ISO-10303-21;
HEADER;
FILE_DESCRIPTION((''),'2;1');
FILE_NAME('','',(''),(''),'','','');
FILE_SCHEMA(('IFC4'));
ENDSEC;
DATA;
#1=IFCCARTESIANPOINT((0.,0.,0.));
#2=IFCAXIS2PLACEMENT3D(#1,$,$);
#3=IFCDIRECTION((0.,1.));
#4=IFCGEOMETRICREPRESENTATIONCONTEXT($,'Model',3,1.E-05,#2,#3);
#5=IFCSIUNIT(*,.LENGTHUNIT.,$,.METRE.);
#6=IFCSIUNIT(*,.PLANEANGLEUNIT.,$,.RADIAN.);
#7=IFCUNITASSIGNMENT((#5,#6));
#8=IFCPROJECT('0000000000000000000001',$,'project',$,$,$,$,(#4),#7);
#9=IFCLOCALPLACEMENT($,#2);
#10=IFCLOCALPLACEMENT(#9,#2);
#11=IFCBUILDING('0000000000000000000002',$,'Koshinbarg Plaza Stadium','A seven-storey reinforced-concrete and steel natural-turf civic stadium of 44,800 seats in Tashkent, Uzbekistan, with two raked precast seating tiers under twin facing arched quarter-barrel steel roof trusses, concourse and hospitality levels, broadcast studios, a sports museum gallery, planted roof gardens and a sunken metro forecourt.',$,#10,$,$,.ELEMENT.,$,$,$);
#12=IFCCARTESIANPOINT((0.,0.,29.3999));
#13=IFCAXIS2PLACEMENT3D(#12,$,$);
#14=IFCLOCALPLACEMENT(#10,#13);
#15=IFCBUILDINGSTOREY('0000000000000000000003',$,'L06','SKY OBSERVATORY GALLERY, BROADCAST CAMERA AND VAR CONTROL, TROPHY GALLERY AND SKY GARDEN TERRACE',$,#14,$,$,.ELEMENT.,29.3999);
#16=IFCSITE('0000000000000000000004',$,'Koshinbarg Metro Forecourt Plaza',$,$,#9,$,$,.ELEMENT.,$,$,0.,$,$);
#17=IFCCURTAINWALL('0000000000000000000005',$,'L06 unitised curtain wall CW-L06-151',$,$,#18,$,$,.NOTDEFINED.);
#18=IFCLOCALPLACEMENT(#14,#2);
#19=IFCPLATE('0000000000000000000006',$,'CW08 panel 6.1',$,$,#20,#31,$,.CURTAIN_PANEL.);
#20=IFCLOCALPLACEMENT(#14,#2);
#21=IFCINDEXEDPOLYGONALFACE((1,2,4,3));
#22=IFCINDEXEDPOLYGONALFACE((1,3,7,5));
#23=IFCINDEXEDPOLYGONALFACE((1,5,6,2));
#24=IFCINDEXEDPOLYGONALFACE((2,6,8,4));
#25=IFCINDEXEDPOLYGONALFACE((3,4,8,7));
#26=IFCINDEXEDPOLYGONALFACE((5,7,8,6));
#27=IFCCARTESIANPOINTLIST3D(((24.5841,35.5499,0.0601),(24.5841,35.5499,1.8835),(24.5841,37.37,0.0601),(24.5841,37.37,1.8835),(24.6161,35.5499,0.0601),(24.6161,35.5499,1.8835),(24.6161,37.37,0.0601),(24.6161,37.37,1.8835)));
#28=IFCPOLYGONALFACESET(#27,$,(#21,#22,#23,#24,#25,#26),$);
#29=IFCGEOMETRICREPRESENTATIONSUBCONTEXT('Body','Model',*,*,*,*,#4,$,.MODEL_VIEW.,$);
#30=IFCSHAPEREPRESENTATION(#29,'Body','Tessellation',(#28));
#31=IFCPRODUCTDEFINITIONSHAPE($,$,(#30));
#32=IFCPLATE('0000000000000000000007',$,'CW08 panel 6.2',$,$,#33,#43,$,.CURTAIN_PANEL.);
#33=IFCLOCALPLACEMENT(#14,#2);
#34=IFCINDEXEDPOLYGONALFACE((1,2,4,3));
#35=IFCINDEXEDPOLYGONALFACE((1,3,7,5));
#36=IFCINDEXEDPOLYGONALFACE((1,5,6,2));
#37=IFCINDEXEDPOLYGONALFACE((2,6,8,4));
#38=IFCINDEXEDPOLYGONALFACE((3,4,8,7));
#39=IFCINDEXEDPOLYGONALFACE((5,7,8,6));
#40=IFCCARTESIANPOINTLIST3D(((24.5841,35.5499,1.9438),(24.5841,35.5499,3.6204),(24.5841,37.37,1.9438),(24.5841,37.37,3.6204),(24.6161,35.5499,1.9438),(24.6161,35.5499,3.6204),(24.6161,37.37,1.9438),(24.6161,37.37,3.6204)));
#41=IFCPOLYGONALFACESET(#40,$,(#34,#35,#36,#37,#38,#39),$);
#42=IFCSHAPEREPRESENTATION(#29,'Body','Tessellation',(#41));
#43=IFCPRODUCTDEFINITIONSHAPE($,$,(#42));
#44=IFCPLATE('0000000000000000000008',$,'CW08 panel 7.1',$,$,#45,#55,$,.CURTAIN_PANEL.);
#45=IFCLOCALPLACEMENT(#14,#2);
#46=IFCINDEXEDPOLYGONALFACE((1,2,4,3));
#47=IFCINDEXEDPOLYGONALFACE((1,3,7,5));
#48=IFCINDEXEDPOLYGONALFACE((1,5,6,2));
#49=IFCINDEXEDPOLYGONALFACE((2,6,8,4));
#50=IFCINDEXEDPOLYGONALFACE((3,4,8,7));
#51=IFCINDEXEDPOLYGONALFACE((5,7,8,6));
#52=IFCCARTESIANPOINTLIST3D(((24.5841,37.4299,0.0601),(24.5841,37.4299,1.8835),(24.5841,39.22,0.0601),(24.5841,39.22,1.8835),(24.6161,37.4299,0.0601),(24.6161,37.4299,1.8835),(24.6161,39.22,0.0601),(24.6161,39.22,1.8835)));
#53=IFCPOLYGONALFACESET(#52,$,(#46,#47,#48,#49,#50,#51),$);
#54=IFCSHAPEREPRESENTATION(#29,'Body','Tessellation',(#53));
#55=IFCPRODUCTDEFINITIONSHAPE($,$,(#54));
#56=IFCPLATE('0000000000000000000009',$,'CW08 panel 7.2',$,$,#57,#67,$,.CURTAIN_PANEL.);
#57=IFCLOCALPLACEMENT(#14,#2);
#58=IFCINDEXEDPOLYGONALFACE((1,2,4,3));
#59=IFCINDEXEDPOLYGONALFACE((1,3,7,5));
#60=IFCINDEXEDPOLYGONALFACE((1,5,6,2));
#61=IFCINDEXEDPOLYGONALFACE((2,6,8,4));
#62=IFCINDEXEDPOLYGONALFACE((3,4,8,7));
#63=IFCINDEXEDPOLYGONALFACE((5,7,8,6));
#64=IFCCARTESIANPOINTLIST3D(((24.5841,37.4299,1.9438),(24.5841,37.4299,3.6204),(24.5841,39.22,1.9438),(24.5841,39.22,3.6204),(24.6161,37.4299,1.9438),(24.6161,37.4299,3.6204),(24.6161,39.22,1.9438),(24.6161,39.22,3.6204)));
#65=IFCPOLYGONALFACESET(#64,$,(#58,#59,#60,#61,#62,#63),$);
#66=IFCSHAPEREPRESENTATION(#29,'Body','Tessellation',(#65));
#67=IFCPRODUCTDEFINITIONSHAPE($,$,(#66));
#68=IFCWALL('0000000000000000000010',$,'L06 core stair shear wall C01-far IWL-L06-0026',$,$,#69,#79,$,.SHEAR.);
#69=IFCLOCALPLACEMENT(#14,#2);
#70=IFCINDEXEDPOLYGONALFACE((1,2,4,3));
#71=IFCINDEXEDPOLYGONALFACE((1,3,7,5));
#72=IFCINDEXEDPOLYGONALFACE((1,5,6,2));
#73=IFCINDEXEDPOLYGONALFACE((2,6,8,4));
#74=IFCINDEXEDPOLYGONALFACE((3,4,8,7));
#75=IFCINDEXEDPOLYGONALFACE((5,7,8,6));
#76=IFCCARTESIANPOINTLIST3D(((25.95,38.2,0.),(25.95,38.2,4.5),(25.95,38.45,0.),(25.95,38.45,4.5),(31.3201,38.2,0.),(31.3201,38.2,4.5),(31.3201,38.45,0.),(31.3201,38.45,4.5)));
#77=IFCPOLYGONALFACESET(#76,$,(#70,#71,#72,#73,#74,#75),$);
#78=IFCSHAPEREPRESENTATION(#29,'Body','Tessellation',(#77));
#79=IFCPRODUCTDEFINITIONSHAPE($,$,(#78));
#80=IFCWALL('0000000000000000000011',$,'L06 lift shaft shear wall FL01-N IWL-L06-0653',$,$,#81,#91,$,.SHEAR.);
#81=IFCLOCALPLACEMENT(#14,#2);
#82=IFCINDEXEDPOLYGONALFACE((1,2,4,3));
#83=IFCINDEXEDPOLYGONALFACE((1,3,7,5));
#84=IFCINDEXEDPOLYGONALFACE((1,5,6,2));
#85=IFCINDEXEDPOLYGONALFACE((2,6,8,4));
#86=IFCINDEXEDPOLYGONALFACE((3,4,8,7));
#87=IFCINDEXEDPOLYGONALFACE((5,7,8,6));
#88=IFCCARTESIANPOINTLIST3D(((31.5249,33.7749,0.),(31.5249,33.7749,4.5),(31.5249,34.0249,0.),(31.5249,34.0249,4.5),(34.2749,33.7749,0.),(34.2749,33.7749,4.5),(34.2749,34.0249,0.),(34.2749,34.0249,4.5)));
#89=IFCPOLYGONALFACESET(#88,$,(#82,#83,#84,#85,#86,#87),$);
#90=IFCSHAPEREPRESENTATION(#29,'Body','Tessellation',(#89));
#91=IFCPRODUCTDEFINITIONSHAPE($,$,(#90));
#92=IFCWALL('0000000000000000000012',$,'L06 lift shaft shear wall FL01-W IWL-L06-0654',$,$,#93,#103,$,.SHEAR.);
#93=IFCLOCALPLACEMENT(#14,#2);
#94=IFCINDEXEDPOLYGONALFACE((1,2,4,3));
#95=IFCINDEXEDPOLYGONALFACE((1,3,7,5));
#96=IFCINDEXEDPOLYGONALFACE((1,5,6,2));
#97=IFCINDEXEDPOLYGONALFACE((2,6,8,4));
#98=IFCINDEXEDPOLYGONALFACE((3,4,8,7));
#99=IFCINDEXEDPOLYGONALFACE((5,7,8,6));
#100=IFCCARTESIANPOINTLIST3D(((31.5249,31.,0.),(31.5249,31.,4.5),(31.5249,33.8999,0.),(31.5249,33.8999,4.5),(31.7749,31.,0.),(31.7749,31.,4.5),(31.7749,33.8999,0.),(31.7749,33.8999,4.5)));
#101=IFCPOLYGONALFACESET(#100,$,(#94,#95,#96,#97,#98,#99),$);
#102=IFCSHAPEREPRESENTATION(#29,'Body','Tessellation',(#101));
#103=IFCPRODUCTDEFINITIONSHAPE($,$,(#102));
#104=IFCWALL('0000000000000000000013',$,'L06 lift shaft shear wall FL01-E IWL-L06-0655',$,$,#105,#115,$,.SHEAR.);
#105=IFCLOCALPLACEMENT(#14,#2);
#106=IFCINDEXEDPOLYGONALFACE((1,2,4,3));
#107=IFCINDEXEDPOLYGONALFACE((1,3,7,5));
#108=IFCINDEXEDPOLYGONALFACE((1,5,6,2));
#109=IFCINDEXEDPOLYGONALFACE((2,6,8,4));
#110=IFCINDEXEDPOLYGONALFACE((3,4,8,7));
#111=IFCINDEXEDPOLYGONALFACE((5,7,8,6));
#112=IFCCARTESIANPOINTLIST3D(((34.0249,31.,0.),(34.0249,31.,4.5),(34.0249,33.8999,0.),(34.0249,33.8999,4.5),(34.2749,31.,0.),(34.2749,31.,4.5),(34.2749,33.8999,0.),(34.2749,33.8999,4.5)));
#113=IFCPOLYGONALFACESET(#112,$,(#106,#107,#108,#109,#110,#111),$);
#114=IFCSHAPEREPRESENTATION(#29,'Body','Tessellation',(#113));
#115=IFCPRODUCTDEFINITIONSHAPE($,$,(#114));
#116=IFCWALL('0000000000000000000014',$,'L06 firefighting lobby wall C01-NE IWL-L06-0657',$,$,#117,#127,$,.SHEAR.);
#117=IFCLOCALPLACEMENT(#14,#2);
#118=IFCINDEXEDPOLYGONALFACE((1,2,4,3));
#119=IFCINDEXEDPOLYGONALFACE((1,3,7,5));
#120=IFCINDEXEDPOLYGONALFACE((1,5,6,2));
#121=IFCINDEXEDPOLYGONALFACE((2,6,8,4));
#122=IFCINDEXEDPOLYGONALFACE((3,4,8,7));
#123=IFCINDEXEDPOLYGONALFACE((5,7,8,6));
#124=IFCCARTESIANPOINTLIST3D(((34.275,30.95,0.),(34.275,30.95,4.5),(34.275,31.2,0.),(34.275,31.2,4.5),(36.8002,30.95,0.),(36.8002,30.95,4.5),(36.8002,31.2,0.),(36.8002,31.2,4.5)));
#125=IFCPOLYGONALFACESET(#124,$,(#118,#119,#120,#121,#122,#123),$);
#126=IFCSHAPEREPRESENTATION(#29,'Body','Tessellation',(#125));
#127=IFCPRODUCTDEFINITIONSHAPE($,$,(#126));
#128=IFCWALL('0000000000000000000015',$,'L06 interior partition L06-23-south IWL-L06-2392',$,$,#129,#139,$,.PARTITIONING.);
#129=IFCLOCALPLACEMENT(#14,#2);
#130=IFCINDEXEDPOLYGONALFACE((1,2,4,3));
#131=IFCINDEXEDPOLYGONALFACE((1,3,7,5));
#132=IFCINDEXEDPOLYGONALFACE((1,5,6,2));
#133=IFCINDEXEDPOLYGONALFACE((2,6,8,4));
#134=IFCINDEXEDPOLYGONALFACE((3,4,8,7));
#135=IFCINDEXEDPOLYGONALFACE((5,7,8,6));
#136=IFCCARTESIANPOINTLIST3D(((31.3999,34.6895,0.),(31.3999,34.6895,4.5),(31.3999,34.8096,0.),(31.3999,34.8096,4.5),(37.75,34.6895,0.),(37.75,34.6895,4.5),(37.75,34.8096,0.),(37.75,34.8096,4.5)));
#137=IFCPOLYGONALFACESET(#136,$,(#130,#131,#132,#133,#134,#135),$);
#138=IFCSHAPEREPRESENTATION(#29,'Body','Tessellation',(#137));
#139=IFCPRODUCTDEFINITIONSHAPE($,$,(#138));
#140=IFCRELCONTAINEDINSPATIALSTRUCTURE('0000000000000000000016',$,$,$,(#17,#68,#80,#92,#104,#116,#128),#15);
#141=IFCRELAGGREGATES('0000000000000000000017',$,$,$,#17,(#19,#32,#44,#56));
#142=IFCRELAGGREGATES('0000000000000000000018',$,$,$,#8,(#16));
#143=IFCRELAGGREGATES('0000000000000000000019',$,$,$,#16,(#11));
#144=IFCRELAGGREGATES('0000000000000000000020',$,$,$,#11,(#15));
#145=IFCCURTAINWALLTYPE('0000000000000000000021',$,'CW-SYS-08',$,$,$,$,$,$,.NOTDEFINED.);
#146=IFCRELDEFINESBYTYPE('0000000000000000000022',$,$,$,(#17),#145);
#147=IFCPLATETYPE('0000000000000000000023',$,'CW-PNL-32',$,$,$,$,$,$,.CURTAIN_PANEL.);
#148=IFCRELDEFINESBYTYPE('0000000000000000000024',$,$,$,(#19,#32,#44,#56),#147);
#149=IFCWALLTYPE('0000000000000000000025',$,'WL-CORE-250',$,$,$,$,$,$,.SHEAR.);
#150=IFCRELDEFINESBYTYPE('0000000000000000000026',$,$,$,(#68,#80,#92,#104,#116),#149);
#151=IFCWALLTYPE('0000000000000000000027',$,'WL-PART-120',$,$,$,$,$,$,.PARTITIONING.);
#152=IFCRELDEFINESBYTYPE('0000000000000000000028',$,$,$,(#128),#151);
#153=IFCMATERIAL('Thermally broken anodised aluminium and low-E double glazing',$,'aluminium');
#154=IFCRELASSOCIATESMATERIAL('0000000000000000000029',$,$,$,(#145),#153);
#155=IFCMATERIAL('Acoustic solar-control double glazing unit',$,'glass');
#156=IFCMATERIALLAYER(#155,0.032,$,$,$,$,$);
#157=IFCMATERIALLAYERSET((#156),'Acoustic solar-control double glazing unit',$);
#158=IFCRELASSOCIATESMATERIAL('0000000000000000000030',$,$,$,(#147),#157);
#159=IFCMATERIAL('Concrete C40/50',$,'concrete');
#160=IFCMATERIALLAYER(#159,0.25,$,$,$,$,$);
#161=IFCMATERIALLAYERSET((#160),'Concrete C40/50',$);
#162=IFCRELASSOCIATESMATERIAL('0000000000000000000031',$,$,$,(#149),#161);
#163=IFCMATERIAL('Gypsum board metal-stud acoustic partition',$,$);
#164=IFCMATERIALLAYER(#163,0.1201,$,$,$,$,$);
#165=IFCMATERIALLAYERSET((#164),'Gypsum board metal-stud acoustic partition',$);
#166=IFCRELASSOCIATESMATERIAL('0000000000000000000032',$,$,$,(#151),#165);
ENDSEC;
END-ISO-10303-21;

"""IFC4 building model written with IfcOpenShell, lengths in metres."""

from ifc_helpers import new_model, si_unit, direction, frame, frame_2d, origin, origin_2d, place, context, subcontext, project, spatial, rectangle, extrude, material, layer, layer_set, type_object, element, aggregate, save


model = new_model("IFC4")

# Units and contexts
model_context = context("Model", 3, precision=1e-05, world=origin(), true_north=direction((0.0, 1.0)))
body_context = subcontext(model_context, "Body", "Model", "MODEL_VIEW")
ifc_project = project(units=[si_unit("LENGTHUNIT", "METRE"), si_unit("PLANEANGLEUNIT", "RADIAN")], contexts=[model_context])

# Site, building, storey
site_placement = place(None, origin())
site = spatial("IfcSite", under=ifc_project, at=site_placement, Name="Koshinbarg Metro Forecourt Plaza", CompositionType="ELEMENT", RefElevation=0.0)
building_placement = place(site_placement, origin())
building = spatial("IfcBuilding", under=site, at=building_placement, Name="Koshinbarg Plaza Stadium", Description="A seven-storey reinforced-concrete and steel natural-turf civic stadium of 44,800 seats in Tashkent, Uzbekistan, with two raked precast seating tiers under twin facing arched quarter-barrel steel roof trusses, concourse and hospitality levels, broadcast studios, a sports museum gallery, planted roof gardens and a sunken metro forecourt.", CompositionType="ELEMENT")
storey_placement = place(building_placement, frame((0.0, 0.0, 29.3999)))
storey = spatial("IfcBuildingStorey", under=building, at=storey_placement, Name="L06", Description="SKY OBSERVATORY GALLERY, BROADCAST CAMERA AND VAR CONTROL, TROPHY GALLERY AND SKY GARDEN TERRACE", CompositionType="ELEMENT", Elevation=29.3999)

# Shared definitions
ifc_material_1 = material(Name="Concrete C40/50", Category="concrete")

# Curtain wall, plates
ifc_material_2 = material(Name="Thermally broken anodised aluminium and low-E double glazing", Category="aluminium")
curtain_wall_type = type_object("IfcCurtainWallType", Name="CW-SYS-08", PredefinedType="NOTDEFINED", material=ifc_material_2)
curtain_wall_placement = place(storey_placement, origin())
curtain_wall = element("IfcCurtainWall", 1, at=curtain_wall_placement, inside=storey, type_object=curtain_wall_type, Name="L06 unitised curtain wall CW-L06-151", PredefinedType="NOTDEFINED")
ifc_material_3 = material(Name="Acoustic solar-control double glazing unit", Category="glass")
ifc_layer_1 = layer(ifc_material_3, 0.032)
ifc_layer_set_1 = layer_set([ifc_layer_1], Name="Acoustic solar-control double glazing unit")
plate_type = type_object("IfcPlateType", Name="CW-PNL-32", PredefinedType="CURTAIN_PANEL", material=ifc_layer_set_1)
plate_1_placement = place(storey_placement, frame((24.6001, 36.46, 0.0601), z_axis=(0.0, 0.0, 1.0), x_axis=(0.0, 1.0, 0.0)))
plate_1 = element("IfcPlate", 2, at=plate_1_placement, type_object=plate_type, Name="CW08 panel 6.1", PredefinedType="CURTAIN_PANEL", context=body_context, shape_type="SweptSolid", body=[
    extrude(rectangle(XDim=1.8201, YDim=0.032, at=origin_2d()), origin(), (0.0, 0.0, 1.0), 1.8235),
])
plate_2_placement = place(storey_placement, frame((24.6001, 36.46, 1.9438), z_axis=(0.0, 0.0, 1.0), x_axis=(0.0, 1.0, 0.0)))
plate_2 = element("IfcPlate", 3, at=plate_2_placement, type_object=plate_type, Name="CW08 panel 6.2", PredefinedType="CURTAIN_PANEL", context=body_context, shape_type="SweptSolid", body=[
    extrude(rectangle(XDim=1.8201, YDim=0.032, at=origin_2d()), origin(), (0.0, 0.0, 1.0), 1.6765),
])
plate_3_placement = place(storey_placement, frame((24.6001, 38.325, 0.0601), z_axis=(0.0, 0.0, 1.0), x_axis=(0.0, 1.0, 0.0)))
plate_3 = element("IfcPlate", 4, at=plate_3_placement, type_object=plate_type, Name="CW08 panel 7.1", PredefinedType="CURTAIN_PANEL", context=body_context, shape_type="SweptSolid", body=[
    extrude(rectangle(XDim=1.79, YDim=0.032, at=origin_2d()), origin(), (0.0, 0.0, 1.0), 1.8235),
])
plate_4_placement = place(storey_placement, frame((24.6001, 38.325, 1.9438), z_axis=(0.0, 0.0, 1.0), x_axis=(0.0, 1.0, 0.0)))
plate_4 = element("IfcPlate", 5, at=plate_4_placement, type_object=plate_type, Name="CW08 panel 7.2", PredefinedType="CURTAIN_PANEL", context=body_context, shape_type="SweptSolid", body=[
    extrude(rectangle(XDim=1.79, YDim=0.032, at=origin_2d()), origin(), (0.0, 0.0, 1.0), 1.6765),
])
aggregate(curtain_wall, [plate_1, plate_2, plate_3, plate_4])

# Wall
ifc_layer_2 = layer(ifc_material_1, 0.25)
ifc_layer_set_2 = layer_set([ifc_layer_2], Name="Concrete C40/50")
wall_type_1 = type_object("IfcWallType", Name="WL-CORE-250", PredefinedType="SHEAR", material=ifc_layer_set_2)
wall_1_placement = place(storey_placement, frame((31.3201, 38.325, 0.0), z_axis=(0.0, 0.0, 1.0), x_axis=(-1.0, 0.0, 0.0)))
element("IfcWall", 6, at=wall_1_placement, inside=storey, type_object=wall_type_1, Name="L06 core stair shear wall C01-far IWL-L06-0026", PredefinedType="SHEAR", context=body_context, shape_type="SweptSolid", body=[
    extrude(rectangle(XDim=5.3701, YDim=0.25, at=frame_2d((2.6851, 0.0))), origin(), (0.0, 0.0, 1.0), 4.5),
])

# Walls
wall_2_placement = place(storey_placement, frame((34.2749, 33.8999, 0.0), z_axis=(0.0, 0.0, 1.0), x_axis=(-1.0, 0.0, 0.0)))
element("IfcWall", 7, at=wall_2_placement, inside=storey, type_object=wall_type_1, Name="L06 lift shaft shear wall FL01-N IWL-L06-0653", PredefinedType="SHEAR", context=body_context, shape_type="SweptSolid", body=[
    extrude(rectangle(XDim=2.75, YDim=0.25, at=frame_2d((1.375, 0.0))), origin(), (0.0, 0.0, 1.0), 4.5),
])
for number, where, z_axis, x_axis, name in (
    (8, (31.6499, 33.8999, 0.0), (0.0, 0.0, 1.0), (0.0, -1.0, 0.0), "L06 lift shaft shear wall FL01-W IWL-L06-0654"),
    (9, (34.1499, 31.0, 0.0), (0.0, 0.0, 1.0), (0.0, 1.0, 0.0), "L06 lift shaft shear wall FL01-E IWL-L06-0655"),
):
    element("IfcWall", number, at=place(storey_placement, frame(where, z_axis=z_axis, x_axis=x_axis)), inside=storey, type_object=wall_type_1, Name=name, PredefinedType="SHEAR", context=body_context, shape_type="SweptSolid", body=[
        extrude(rectangle(XDim=2.8999, YDim=0.25, at=frame_2d((1.45, 0.0))), origin(), (0.0, 0.0, 1.0), 4.5),
    ])
wall_3_placement = place(storey_placement, frame((34.2749, 31.075, 0.0), z_axis=(0.0, 0.0, 1.0), x_axis=(1.0, 0.0, 0.0)))
element("IfcWall", 10, at=wall_3_placement, inside=storey, type_object=wall_type_1, Name="L06 firefighting lobby wall C01-NE IWL-L06-0657", PredefinedType="SHEAR", context=body_context, shape_type="SweptSolid", body=[
    extrude(rectangle(XDim=2.5251, YDim=0.25, at=frame_2d((1.2627, 0.0))), origin(), (0.0, 0.0, 1.0), 4.5),
])
ifc_material_4 = material(Name="Gypsum board metal-stud acoustic partition")
ifc_layer_3 = layer(ifc_material_4, 0.1201)
ifc_layer_set_3 = layer_set([ifc_layer_3], Name="Gypsum board metal-stud acoustic partition")
wall_type_2 = type_object("IfcWallType", Name="WL-PART-120", PredefinedType="PARTITIONING", material=ifc_layer_set_3)
wall_4_placement = place(storey_placement, frame((31.3999, 34.7495, 0.0), z_axis=(0.0, 0.0, 1.0), x_axis=(1.0, 0.0, 0.0)))
element("IfcWall", 11, at=wall_4_placement, inside=storey, type_object=wall_type_2, Name="L06 interior partition L06-23-south IWL-L06-2392", PredefinedType="PARTITIONING", context=body_context, shape_type="SweptSolid", body=[
    extrude(rectangle(XDim=6.3501, YDim=0.1201, at=frame_2d((3.175, 0.0))), origin(), (0.0, 0.0, 1.0), 4.5),
])

save(model, "model.ifc")
